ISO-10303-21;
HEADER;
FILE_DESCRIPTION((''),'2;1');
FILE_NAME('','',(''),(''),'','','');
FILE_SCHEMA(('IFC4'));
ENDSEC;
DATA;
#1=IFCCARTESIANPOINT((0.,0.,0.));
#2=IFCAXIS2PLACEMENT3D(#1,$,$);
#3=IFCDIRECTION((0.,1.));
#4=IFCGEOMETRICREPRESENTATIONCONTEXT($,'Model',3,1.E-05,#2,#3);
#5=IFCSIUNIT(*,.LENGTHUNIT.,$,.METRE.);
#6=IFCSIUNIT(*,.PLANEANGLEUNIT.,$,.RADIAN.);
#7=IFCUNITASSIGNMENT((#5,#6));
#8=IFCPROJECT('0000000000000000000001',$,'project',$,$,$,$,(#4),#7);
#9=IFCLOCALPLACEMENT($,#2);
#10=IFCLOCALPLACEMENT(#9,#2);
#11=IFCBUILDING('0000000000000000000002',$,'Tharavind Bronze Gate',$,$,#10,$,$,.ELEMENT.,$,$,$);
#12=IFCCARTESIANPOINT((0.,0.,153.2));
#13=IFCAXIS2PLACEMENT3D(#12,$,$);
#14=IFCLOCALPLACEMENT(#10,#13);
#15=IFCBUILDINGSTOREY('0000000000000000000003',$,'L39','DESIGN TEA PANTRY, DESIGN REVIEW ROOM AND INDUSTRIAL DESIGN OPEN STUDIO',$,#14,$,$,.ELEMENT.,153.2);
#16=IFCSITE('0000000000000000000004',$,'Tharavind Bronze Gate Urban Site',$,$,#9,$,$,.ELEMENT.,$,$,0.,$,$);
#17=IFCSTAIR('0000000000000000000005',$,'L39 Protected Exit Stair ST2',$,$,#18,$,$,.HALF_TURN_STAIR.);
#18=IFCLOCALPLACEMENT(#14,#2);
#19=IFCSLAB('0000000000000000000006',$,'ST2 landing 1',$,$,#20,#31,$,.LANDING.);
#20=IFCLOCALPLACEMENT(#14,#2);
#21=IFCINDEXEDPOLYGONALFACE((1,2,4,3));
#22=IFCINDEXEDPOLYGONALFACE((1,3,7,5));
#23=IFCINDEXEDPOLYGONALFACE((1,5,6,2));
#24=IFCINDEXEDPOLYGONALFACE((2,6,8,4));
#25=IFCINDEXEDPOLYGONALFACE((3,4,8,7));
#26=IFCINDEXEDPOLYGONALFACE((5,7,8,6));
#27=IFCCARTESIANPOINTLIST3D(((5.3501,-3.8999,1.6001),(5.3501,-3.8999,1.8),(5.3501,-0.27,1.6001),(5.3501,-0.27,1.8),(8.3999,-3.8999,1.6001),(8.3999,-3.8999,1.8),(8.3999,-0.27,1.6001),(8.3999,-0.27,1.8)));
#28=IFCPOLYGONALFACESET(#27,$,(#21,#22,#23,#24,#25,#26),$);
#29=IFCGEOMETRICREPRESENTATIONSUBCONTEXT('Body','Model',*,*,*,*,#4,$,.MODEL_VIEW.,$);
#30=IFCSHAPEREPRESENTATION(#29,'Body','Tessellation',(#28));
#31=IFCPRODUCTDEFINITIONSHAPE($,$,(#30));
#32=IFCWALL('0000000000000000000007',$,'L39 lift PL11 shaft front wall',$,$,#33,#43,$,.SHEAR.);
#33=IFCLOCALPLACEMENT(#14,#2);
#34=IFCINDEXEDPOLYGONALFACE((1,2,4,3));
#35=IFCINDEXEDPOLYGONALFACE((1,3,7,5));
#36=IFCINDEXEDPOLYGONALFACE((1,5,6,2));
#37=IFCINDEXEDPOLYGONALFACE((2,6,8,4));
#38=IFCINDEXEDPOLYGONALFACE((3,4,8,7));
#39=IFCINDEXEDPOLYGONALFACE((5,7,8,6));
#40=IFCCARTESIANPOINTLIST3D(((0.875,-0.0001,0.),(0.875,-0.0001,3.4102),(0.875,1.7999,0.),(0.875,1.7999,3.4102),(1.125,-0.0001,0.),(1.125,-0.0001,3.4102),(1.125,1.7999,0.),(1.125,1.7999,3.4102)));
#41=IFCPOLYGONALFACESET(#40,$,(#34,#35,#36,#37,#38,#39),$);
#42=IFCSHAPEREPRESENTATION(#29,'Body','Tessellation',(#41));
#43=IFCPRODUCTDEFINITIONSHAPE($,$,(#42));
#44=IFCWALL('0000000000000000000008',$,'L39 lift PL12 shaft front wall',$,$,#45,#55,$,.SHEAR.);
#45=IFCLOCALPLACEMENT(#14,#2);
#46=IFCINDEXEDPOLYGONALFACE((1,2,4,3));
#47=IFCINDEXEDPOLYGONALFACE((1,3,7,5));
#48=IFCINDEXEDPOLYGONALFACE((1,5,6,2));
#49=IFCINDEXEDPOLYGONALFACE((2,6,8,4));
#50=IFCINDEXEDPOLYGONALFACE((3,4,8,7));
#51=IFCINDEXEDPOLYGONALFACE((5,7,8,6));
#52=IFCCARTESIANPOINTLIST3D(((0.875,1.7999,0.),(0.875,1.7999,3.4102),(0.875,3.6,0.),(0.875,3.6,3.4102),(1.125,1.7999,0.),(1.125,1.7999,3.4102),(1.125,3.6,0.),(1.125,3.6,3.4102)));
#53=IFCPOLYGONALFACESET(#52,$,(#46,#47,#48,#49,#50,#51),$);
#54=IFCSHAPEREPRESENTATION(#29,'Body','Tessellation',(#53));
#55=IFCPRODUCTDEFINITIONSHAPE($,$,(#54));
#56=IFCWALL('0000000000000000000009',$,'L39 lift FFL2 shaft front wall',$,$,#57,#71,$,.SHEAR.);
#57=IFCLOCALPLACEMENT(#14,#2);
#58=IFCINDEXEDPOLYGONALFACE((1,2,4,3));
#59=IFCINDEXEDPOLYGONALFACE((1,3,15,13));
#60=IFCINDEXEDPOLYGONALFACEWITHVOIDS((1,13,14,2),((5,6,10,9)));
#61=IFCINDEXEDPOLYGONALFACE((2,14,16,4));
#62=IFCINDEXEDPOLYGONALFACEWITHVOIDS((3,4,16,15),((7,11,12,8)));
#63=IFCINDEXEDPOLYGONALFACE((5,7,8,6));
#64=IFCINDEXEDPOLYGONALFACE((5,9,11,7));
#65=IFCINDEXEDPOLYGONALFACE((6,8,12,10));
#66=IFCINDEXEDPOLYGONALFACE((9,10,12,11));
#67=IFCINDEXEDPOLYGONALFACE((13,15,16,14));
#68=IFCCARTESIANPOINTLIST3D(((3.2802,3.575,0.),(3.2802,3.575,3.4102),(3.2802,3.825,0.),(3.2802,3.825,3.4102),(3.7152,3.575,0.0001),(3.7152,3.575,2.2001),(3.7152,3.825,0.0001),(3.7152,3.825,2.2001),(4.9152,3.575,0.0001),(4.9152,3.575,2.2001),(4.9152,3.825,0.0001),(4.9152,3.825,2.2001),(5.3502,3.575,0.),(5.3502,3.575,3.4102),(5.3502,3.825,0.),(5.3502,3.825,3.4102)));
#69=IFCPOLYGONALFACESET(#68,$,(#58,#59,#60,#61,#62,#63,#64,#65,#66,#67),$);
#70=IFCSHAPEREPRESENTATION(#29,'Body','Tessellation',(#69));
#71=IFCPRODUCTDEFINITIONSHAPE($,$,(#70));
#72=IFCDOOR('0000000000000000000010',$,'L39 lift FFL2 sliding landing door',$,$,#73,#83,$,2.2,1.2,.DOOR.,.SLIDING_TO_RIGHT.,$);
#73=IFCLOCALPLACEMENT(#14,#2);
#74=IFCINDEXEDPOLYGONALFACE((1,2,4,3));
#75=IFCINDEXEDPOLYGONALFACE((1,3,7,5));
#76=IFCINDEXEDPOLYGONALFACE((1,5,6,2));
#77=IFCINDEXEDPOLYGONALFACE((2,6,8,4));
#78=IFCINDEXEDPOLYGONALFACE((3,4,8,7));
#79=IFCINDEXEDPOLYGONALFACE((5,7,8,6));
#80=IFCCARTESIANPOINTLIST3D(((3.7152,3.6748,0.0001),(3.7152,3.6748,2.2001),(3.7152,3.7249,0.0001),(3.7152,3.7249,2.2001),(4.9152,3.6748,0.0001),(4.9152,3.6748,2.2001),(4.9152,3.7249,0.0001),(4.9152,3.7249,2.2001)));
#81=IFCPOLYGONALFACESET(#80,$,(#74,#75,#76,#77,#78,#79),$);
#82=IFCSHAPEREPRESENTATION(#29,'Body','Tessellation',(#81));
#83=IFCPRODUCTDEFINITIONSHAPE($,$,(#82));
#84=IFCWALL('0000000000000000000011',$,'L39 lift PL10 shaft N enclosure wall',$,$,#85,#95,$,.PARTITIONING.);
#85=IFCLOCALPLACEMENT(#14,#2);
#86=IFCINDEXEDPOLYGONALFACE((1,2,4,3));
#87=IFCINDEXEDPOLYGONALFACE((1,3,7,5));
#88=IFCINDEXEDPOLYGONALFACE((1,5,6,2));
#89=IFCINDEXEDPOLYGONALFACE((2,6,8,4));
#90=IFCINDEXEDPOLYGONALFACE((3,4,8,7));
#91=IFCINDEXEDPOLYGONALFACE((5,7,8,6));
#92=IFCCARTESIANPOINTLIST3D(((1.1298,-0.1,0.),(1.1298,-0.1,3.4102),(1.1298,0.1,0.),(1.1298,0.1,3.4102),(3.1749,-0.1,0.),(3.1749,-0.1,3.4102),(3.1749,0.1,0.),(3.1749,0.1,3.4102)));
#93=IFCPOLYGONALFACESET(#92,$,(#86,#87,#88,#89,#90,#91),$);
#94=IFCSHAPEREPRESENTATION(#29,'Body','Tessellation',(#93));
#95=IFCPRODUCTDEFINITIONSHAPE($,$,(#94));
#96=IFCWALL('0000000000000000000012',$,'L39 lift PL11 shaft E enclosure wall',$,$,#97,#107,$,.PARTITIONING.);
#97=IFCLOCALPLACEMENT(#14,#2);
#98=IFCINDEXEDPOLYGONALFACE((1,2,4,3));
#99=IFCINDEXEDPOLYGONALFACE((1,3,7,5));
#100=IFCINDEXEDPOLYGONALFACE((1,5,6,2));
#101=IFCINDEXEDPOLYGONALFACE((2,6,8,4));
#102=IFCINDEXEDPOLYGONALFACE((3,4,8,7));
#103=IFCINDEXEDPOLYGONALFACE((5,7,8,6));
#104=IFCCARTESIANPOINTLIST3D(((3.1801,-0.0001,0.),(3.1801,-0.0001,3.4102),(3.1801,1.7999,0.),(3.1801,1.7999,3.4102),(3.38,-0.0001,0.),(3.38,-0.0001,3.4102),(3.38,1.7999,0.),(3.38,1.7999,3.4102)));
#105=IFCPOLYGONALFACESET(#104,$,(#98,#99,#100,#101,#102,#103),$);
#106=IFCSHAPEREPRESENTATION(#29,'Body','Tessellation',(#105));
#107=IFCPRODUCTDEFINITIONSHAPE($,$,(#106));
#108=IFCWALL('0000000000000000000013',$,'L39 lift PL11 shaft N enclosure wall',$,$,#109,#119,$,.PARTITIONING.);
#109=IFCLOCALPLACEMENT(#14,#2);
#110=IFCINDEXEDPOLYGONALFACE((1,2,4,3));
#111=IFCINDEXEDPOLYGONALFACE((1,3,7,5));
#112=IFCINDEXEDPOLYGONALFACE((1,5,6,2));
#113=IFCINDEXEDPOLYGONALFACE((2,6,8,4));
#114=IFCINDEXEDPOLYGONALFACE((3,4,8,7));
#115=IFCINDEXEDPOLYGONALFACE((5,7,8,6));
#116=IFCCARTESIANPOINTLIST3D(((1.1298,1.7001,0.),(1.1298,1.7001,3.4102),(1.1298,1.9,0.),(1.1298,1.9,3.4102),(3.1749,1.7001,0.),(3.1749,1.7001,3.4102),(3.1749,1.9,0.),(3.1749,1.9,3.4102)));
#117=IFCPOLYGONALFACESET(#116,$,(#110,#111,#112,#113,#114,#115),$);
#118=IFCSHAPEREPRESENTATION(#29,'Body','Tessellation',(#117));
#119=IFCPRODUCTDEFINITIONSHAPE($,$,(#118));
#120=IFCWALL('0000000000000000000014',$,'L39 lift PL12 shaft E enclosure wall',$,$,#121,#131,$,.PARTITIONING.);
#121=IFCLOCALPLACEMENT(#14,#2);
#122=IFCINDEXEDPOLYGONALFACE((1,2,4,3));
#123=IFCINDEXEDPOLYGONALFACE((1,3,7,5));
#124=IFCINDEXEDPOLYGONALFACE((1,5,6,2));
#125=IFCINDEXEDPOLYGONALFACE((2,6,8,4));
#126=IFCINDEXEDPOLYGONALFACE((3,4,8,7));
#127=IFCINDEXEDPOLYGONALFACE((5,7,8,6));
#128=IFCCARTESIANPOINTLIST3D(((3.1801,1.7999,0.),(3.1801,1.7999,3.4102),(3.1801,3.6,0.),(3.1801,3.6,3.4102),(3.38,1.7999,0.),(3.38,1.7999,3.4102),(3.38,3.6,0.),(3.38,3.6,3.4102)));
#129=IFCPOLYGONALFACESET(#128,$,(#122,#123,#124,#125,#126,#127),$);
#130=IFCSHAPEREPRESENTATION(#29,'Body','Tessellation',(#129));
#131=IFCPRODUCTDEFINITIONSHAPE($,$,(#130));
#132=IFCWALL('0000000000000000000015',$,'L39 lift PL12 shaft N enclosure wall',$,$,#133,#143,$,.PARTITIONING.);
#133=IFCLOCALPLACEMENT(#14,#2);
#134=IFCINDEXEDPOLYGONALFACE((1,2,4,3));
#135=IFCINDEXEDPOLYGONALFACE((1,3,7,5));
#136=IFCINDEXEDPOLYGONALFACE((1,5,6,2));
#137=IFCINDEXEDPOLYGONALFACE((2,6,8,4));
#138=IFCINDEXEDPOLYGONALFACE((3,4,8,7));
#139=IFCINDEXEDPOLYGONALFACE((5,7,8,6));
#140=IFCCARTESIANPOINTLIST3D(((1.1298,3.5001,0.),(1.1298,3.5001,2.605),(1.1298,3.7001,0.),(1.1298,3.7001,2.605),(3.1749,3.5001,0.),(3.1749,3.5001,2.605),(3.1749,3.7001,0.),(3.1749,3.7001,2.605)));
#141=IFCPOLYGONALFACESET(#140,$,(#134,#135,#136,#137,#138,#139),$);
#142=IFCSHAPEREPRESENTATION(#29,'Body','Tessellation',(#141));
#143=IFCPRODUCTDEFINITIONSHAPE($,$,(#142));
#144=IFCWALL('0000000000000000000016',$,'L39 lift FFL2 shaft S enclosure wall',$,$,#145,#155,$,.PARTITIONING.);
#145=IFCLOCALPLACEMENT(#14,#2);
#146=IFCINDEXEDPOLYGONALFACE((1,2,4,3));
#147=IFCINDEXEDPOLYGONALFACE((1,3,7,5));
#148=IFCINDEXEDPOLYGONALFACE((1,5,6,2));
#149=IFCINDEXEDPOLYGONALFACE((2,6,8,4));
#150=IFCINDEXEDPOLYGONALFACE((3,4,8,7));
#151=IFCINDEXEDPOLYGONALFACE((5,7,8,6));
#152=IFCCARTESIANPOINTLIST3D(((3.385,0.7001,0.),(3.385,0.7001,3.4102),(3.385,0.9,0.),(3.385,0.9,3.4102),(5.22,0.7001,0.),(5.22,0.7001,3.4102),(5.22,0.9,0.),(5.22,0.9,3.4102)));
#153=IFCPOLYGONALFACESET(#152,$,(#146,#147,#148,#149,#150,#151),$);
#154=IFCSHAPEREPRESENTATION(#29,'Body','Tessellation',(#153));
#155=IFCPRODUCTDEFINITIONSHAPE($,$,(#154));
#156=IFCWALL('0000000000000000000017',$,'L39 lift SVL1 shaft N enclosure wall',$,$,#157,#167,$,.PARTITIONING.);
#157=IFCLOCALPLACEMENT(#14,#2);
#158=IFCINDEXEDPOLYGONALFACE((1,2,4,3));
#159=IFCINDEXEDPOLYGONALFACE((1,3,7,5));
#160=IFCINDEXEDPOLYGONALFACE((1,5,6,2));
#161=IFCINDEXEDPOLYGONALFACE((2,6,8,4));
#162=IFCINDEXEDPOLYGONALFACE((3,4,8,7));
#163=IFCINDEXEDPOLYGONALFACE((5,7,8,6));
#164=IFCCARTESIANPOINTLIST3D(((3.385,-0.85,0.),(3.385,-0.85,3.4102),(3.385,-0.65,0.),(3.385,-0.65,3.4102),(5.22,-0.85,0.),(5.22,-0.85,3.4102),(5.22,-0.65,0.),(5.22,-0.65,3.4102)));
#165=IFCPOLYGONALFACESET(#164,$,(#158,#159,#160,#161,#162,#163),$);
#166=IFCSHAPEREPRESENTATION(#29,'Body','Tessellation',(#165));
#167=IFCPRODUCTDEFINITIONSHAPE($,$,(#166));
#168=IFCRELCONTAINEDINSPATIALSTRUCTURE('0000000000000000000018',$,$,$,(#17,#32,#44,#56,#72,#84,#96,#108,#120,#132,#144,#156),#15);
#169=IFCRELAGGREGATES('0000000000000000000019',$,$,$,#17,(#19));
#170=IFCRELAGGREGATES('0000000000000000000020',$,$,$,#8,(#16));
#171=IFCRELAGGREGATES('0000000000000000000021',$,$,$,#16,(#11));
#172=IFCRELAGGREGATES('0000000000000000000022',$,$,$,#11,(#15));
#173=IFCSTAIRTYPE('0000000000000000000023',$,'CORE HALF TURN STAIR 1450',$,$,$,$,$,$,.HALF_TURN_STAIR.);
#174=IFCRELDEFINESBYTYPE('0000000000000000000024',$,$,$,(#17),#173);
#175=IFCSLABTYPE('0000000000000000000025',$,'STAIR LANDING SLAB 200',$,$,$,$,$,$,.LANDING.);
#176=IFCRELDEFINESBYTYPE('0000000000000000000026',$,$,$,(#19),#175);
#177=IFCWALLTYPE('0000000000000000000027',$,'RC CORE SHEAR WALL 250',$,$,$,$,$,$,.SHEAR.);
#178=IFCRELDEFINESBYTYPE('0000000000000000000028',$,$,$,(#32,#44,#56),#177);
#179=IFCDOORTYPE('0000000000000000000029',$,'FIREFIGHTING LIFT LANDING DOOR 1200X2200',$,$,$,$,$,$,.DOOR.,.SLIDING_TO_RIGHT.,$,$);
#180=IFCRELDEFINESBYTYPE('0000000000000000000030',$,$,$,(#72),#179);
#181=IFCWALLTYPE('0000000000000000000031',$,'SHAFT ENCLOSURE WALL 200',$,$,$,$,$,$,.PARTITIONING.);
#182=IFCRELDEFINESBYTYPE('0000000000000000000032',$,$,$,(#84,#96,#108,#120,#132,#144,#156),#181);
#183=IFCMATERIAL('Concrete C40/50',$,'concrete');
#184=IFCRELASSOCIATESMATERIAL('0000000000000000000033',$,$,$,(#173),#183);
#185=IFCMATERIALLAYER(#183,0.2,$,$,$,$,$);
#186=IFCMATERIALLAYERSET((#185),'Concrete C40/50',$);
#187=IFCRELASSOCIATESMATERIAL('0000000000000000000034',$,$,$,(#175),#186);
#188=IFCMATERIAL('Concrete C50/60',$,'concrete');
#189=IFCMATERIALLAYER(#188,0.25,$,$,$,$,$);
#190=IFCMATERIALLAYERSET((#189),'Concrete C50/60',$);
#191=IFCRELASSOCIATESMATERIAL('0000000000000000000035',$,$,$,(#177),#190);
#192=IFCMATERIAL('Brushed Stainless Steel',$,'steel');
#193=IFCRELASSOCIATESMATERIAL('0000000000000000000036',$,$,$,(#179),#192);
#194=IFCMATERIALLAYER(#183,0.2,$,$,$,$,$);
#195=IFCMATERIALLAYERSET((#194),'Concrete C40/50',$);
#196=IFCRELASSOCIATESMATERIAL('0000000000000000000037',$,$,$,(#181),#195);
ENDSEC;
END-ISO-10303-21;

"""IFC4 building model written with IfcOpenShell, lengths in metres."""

from ifc_helpers import new_model, si_unit, direction, frame, frame_2d, origin, place, context, subcontext, project, spatial, polyline, rectangle, outline, extrude, material, layer, layer_set, type_object, element, fill, aggregate, save


model = new_model("IFC4")

# Units and contexts
model_context = context("Model", 3, precision=1e-05, world=origin(), true_north=direction((0.0, 1.0)))
body_context = subcontext(model_context, "Body", "Model", "MODEL_VIEW")
ifc_project = project(units=[si_unit("LENGTHUNIT", "METRE"), si_unit("PLANEANGLEUNIT", "RADIAN")], contexts=[model_context])

# Site, building, storey
site_placement = place(None, origin())
site = spatial("IfcSite", under=ifc_project, at=site_placement, Name="Tharavind Bronze Gate Urban Site", CompositionType="ELEMENT", RefElevation=0.0)
building_placement = place(site_placement, origin())
building = spatial("IfcBuilding", under=site, at=building_placement, Name="Tharavind Bronze Gate", CompositionType="ELEMENT")
storey_placement = place(building_placement, frame((0.0, 0.0, 153.2)))
storey = spatial("IfcBuildingStorey", under=building, at=storey_placement, Name="L39", Description="DESIGN TEA PANTRY, DESIGN REVIEW ROOM AND INDUSTRIAL DESIGN OPEN STUDIO", CompositionType="ELEMENT", Elevation=153.2)

# Stair, slab
ifc_material_1 = material(Name="Concrete C40/50", Category="concrete")
stair_type = type_object("IfcStairType", Name="CORE HALF TURN STAIR 1450", PredefinedType="HALF_TURN_STAIR", material=ifc_material_1)
stair_placement = place(storey_placement, origin())
stair = element("IfcStair", 1, at=stair_placement, inside=storey, type_object=stair_type, Name="L39 Protected Exit Stair ST2", PredefinedType="HALF_TURN_STAIR")
ifc_layer_1 = layer(ifc_material_1, 0.2)
ifc_layer_set_1 = layer_set([ifc_layer_1], Name="Concrete C40/50")
slab_type = type_object("IfcSlabType", Name="STAIR LANDING SLAB 200", PredefinedType="LANDING", material=ifc_layer_set_1)
slab_placement = place(storey_placement, frame((0.0, 0.0, 1.6001)))
slab = element("IfcSlab", 2, at=slab_placement, type_object=slab_type, Name="ST2 landing 1", PredefinedType="LANDING", context=body_context, shape_type="SweptSolid", body=[
    extrude(outline(polyline([(5.3501, -0.27), (5.3501, -3.8999), (8.3999, -3.8999), (8.3999, -0.27), (5.3501, -0.27)])), origin(), (0.0, 0.0, 1.0), 0.2),
])
aggregate(stair, [slab])

# Shared definitions
ifc_material_2 = material(Name="Concrete C50/60", Category="concrete")
ifc_layer_2 = layer(ifc_material_2, 0.25)
ifc_layer_set_2 = layer_set([ifc_layer_2], Name="Concrete C50/60")
wall_type_1 = type_object("IfcWallType", Name="RC CORE SHEAR WALL 250", PredefinedType="SHEAR", material=ifc_layer_set_2)

# Walls
for number, where, z_axis, x_axis, name in (
    (3, (1.0, 0.0, 0.0), (0.0, 0.0, 1.0), (0.0, 1.0, 0.0), "L39 lift PL11 shaft front wall"),
    (4, (1.0, 1.8, 0.0), (0.0, 0.0, 1.0), (0.0, 1.0, 0.0), "L39 lift PL12 shaft front wall"),
):
    element("IfcWall", number, at=place(storey_placement, frame(where, z_axis=z_axis, x_axis=x_axis)), inside=storey, type_object=wall_type_1, Name=name, PredefinedType="SHEAR", context=body_context, shape_type="SweptSolid", body=[
        extrude(rectangle(XDim=1.8, YDim=0.25, at=frame_2d((0.8999, 0.0))), origin(), (0.0, 0.0, 1.0), 3.4102),
    ])

# Wall, opening, door
wall_1_placement = place(storey_placement, frame((3.28, 3.7, 0.0), z_axis=(0.0, 0.0, 1.0), x_axis=(1.0, 0.0, 0.0)))
wall_1 = element("IfcWall", 5, at=wall_1_placement, inside=storey, type_object=wall_type_1, Name="L39 lift FFL2 shaft front wall", PredefinedType="SHEAR", context=body_context, shape_type="SweptSolid", body=[
    extrude(rectangle(XDim=2.0701, YDim=0.25, at=frame_2d((1.0352, 0.0))), origin(), (0.0, 0.0, 1.0), 3.4102),
])
opening_1_placement = place(wall_1_placement, frame((0.4351, 0.0, 0.0)))
opening_1 = element("IfcOpeningElement", 6, at=opening_1_placement, cuts=wall_1, PredefinedType="OPENING", context=body_context, shape_type="SweptSolid", body=[
    extrude(rectangle(XDim=1.2, YDim=2.2, at=frame_2d((0.6001, 1.1001))), frame((0.0, 0.135, 0.0), z_axis=(0.0, -1.0, 0.0), x_axis=(1.0, 0.0, 0.0)), (0.0, 0.0, 1.0), 0.27),
])
ifc_material_3 = material(Name="Brushed Stainless Steel", Category="steel")
door_type_1 = type_object("IfcDoorType", Name="FIREFIGHTING LIFT LANDING DOOR 1200X2200", OperationType="SLIDING_TO_RIGHT", PredefinedType="DOOR", material=ifc_material_3)
door_1_placement = place(opening_1_placement, origin())
door_1 = element("IfcDoor", 7, at=door_1_placement, inside=storey, type_object=door_type_1, Name="L39 lift FFL2 sliding landing door", OperationType="SLIDING_TO_RIGHT", OverallHeight=2.2, OverallWidth=1.2, PredefinedType="DOOR", context=body_context, shape_type="SweptSolid", body=[
    extrude(rectangle(XDim=1.2, YDim=2.2, at=frame_2d((0.6001, 1.1001))), frame((0.0, 0.0249, 0.0), z_axis=(0.0, -1.0, 0.0), x_axis=(1.0, 0.0, 0.0)), (0.0, 0.0, 1.0), 0.05),
])
fill(opening_1, door_1)

# Walls
ifc_layer_3 = layer(ifc_material_1, 0.2)
ifc_layer_set_3 = layer_set([ifc_layer_3], Name="Concrete C40/50")
wall_type_2 = type_object("IfcWallType", Name="SHAFT ENCLOSURE WALL 200", PredefinedType="PARTITIONING", material=ifc_layer_set_3)
wall_2_placement = place(storey_placement, frame((1.1299, 0.0, 0.0), z_axis=(0.0, 0.0, 1.0), x_axis=(1.0, 0.0, 0.0)))
element("IfcWall", 8, at=wall_2_placement, inside=storey, type_object=wall_type_2, Name="L39 lift PL10 shaft N enclosure wall", PredefinedType="PARTITIONING", context=body_context, shape_type="SweptSolid", body=[
    extrude(rectangle(XDim=2.0452, YDim=0.2, at=frame_2d((1.0225, 0.0))), origin(), (0.0, 0.0, 1.0), 3.4102),
])
wall_3_placement = place(storey_placement, frame((3.28, 0.0, 0.0), z_axis=(0.0, 0.0, 1.0), x_axis=(0.0, 1.0, 0.0)))
element("IfcWall", 9, at=wall_3_placement, inside=storey, type_object=wall_type_2, Name="L39 lift PL11 shaft E enclosure wall", PredefinedType="PARTITIONING", context=body_context, shape_type="SweptSolid", body=[
    extrude(rectangle(XDim=1.8, YDim=0.2, at=frame_2d((0.8999, 0.0))), origin(), (0.0, 0.0, 1.0), 3.4102),
])
wall_4_placement = place(storey_placement, frame((1.1299, 1.8, 0.0), z_axis=(0.0, 0.0, 1.0), x_axis=(1.0, 0.0, 0.0)))
element("IfcWall", 10, at=wall_4_placement, inside=storey, type_object=wall_type_2, Name="L39 lift PL11 shaft N enclosure wall", PredefinedType="PARTITIONING", context=body_context, shape_type="SweptSolid", body=[
    extrude(rectangle(XDim=2.0452, YDim=0.2, at=frame_2d((1.0225, 0.0))), origin(), (0.0, 0.0, 1.0), 3.4102),
])
wall_5_placement = place(storey_placement, frame((3.28, 1.8, 0.0), z_axis=(0.0, 0.0, 1.0), x_axis=(0.0, 1.0, 0.0)))
element("IfcWall", 11, at=wall_5_placement, inside=storey, type_object=wall_type_2, Name="L39 lift PL12 shaft E enclosure wall", PredefinedType="PARTITIONING", context=body_context, shape_type="SweptSolid", body=[
    extrude(rectangle(XDim=1.8, YDim=0.2, at=frame_2d((0.8999, 0.0))), origin(), (0.0, 0.0, 1.0), 3.4102),
])
wall_6_placement = place(storey_placement, frame((1.1299, 3.6001, 0.0), z_axis=(0.0, 0.0, 1.0), x_axis=(1.0, 0.0, 0.0)))
element("IfcWall", 12, at=wall_6_placement, inside=storey, type_object=wall_type_2, Name="L39 lift PL12 shaft N enclosure wall", PredefinedType="PARTITIONING", context=body_context, shape_type="SweptSolid", body=[
    extrude(rectangle(XDim=2.0452, YDim=0.2, at=frame_2d((1.0225, 0.0))), origin(), (0.0, 0.0, 1.0), 2.605),
])
for number, where, z_axis, x_axis, name in (
    (13, (3.385, 0.8, 0.0), (0.0, 0.0, 1.0), (1.0, 0.0, 0.0), "L39 lift FFL2 shaft S enclosure wall"),
    (14, (3.385, -0.75, 0.0), (0.0, 0.0, 1.0), (1.0, 0.0, 0.0), "L39 lift SVL1 shaft N enclosure wall"),
):
    element("IfcWall", number, at=place(storey_placement, frame(where, z_axis=z_axis, x_axis=x_axis)), inside=storey, type_object=wall_type_2, Name=name, PredefinedType="PARTITIONING", context=body_context, shape_type="SweptSolid", body=[
        extrude(rectangle(XDim=1.835, YDim=0.2, at=frame_2d((0.9175, 0.0))), origin(), (0.0, 0.0, 1.0), 3.4102),
    ])

save(model, "model.ifc")
